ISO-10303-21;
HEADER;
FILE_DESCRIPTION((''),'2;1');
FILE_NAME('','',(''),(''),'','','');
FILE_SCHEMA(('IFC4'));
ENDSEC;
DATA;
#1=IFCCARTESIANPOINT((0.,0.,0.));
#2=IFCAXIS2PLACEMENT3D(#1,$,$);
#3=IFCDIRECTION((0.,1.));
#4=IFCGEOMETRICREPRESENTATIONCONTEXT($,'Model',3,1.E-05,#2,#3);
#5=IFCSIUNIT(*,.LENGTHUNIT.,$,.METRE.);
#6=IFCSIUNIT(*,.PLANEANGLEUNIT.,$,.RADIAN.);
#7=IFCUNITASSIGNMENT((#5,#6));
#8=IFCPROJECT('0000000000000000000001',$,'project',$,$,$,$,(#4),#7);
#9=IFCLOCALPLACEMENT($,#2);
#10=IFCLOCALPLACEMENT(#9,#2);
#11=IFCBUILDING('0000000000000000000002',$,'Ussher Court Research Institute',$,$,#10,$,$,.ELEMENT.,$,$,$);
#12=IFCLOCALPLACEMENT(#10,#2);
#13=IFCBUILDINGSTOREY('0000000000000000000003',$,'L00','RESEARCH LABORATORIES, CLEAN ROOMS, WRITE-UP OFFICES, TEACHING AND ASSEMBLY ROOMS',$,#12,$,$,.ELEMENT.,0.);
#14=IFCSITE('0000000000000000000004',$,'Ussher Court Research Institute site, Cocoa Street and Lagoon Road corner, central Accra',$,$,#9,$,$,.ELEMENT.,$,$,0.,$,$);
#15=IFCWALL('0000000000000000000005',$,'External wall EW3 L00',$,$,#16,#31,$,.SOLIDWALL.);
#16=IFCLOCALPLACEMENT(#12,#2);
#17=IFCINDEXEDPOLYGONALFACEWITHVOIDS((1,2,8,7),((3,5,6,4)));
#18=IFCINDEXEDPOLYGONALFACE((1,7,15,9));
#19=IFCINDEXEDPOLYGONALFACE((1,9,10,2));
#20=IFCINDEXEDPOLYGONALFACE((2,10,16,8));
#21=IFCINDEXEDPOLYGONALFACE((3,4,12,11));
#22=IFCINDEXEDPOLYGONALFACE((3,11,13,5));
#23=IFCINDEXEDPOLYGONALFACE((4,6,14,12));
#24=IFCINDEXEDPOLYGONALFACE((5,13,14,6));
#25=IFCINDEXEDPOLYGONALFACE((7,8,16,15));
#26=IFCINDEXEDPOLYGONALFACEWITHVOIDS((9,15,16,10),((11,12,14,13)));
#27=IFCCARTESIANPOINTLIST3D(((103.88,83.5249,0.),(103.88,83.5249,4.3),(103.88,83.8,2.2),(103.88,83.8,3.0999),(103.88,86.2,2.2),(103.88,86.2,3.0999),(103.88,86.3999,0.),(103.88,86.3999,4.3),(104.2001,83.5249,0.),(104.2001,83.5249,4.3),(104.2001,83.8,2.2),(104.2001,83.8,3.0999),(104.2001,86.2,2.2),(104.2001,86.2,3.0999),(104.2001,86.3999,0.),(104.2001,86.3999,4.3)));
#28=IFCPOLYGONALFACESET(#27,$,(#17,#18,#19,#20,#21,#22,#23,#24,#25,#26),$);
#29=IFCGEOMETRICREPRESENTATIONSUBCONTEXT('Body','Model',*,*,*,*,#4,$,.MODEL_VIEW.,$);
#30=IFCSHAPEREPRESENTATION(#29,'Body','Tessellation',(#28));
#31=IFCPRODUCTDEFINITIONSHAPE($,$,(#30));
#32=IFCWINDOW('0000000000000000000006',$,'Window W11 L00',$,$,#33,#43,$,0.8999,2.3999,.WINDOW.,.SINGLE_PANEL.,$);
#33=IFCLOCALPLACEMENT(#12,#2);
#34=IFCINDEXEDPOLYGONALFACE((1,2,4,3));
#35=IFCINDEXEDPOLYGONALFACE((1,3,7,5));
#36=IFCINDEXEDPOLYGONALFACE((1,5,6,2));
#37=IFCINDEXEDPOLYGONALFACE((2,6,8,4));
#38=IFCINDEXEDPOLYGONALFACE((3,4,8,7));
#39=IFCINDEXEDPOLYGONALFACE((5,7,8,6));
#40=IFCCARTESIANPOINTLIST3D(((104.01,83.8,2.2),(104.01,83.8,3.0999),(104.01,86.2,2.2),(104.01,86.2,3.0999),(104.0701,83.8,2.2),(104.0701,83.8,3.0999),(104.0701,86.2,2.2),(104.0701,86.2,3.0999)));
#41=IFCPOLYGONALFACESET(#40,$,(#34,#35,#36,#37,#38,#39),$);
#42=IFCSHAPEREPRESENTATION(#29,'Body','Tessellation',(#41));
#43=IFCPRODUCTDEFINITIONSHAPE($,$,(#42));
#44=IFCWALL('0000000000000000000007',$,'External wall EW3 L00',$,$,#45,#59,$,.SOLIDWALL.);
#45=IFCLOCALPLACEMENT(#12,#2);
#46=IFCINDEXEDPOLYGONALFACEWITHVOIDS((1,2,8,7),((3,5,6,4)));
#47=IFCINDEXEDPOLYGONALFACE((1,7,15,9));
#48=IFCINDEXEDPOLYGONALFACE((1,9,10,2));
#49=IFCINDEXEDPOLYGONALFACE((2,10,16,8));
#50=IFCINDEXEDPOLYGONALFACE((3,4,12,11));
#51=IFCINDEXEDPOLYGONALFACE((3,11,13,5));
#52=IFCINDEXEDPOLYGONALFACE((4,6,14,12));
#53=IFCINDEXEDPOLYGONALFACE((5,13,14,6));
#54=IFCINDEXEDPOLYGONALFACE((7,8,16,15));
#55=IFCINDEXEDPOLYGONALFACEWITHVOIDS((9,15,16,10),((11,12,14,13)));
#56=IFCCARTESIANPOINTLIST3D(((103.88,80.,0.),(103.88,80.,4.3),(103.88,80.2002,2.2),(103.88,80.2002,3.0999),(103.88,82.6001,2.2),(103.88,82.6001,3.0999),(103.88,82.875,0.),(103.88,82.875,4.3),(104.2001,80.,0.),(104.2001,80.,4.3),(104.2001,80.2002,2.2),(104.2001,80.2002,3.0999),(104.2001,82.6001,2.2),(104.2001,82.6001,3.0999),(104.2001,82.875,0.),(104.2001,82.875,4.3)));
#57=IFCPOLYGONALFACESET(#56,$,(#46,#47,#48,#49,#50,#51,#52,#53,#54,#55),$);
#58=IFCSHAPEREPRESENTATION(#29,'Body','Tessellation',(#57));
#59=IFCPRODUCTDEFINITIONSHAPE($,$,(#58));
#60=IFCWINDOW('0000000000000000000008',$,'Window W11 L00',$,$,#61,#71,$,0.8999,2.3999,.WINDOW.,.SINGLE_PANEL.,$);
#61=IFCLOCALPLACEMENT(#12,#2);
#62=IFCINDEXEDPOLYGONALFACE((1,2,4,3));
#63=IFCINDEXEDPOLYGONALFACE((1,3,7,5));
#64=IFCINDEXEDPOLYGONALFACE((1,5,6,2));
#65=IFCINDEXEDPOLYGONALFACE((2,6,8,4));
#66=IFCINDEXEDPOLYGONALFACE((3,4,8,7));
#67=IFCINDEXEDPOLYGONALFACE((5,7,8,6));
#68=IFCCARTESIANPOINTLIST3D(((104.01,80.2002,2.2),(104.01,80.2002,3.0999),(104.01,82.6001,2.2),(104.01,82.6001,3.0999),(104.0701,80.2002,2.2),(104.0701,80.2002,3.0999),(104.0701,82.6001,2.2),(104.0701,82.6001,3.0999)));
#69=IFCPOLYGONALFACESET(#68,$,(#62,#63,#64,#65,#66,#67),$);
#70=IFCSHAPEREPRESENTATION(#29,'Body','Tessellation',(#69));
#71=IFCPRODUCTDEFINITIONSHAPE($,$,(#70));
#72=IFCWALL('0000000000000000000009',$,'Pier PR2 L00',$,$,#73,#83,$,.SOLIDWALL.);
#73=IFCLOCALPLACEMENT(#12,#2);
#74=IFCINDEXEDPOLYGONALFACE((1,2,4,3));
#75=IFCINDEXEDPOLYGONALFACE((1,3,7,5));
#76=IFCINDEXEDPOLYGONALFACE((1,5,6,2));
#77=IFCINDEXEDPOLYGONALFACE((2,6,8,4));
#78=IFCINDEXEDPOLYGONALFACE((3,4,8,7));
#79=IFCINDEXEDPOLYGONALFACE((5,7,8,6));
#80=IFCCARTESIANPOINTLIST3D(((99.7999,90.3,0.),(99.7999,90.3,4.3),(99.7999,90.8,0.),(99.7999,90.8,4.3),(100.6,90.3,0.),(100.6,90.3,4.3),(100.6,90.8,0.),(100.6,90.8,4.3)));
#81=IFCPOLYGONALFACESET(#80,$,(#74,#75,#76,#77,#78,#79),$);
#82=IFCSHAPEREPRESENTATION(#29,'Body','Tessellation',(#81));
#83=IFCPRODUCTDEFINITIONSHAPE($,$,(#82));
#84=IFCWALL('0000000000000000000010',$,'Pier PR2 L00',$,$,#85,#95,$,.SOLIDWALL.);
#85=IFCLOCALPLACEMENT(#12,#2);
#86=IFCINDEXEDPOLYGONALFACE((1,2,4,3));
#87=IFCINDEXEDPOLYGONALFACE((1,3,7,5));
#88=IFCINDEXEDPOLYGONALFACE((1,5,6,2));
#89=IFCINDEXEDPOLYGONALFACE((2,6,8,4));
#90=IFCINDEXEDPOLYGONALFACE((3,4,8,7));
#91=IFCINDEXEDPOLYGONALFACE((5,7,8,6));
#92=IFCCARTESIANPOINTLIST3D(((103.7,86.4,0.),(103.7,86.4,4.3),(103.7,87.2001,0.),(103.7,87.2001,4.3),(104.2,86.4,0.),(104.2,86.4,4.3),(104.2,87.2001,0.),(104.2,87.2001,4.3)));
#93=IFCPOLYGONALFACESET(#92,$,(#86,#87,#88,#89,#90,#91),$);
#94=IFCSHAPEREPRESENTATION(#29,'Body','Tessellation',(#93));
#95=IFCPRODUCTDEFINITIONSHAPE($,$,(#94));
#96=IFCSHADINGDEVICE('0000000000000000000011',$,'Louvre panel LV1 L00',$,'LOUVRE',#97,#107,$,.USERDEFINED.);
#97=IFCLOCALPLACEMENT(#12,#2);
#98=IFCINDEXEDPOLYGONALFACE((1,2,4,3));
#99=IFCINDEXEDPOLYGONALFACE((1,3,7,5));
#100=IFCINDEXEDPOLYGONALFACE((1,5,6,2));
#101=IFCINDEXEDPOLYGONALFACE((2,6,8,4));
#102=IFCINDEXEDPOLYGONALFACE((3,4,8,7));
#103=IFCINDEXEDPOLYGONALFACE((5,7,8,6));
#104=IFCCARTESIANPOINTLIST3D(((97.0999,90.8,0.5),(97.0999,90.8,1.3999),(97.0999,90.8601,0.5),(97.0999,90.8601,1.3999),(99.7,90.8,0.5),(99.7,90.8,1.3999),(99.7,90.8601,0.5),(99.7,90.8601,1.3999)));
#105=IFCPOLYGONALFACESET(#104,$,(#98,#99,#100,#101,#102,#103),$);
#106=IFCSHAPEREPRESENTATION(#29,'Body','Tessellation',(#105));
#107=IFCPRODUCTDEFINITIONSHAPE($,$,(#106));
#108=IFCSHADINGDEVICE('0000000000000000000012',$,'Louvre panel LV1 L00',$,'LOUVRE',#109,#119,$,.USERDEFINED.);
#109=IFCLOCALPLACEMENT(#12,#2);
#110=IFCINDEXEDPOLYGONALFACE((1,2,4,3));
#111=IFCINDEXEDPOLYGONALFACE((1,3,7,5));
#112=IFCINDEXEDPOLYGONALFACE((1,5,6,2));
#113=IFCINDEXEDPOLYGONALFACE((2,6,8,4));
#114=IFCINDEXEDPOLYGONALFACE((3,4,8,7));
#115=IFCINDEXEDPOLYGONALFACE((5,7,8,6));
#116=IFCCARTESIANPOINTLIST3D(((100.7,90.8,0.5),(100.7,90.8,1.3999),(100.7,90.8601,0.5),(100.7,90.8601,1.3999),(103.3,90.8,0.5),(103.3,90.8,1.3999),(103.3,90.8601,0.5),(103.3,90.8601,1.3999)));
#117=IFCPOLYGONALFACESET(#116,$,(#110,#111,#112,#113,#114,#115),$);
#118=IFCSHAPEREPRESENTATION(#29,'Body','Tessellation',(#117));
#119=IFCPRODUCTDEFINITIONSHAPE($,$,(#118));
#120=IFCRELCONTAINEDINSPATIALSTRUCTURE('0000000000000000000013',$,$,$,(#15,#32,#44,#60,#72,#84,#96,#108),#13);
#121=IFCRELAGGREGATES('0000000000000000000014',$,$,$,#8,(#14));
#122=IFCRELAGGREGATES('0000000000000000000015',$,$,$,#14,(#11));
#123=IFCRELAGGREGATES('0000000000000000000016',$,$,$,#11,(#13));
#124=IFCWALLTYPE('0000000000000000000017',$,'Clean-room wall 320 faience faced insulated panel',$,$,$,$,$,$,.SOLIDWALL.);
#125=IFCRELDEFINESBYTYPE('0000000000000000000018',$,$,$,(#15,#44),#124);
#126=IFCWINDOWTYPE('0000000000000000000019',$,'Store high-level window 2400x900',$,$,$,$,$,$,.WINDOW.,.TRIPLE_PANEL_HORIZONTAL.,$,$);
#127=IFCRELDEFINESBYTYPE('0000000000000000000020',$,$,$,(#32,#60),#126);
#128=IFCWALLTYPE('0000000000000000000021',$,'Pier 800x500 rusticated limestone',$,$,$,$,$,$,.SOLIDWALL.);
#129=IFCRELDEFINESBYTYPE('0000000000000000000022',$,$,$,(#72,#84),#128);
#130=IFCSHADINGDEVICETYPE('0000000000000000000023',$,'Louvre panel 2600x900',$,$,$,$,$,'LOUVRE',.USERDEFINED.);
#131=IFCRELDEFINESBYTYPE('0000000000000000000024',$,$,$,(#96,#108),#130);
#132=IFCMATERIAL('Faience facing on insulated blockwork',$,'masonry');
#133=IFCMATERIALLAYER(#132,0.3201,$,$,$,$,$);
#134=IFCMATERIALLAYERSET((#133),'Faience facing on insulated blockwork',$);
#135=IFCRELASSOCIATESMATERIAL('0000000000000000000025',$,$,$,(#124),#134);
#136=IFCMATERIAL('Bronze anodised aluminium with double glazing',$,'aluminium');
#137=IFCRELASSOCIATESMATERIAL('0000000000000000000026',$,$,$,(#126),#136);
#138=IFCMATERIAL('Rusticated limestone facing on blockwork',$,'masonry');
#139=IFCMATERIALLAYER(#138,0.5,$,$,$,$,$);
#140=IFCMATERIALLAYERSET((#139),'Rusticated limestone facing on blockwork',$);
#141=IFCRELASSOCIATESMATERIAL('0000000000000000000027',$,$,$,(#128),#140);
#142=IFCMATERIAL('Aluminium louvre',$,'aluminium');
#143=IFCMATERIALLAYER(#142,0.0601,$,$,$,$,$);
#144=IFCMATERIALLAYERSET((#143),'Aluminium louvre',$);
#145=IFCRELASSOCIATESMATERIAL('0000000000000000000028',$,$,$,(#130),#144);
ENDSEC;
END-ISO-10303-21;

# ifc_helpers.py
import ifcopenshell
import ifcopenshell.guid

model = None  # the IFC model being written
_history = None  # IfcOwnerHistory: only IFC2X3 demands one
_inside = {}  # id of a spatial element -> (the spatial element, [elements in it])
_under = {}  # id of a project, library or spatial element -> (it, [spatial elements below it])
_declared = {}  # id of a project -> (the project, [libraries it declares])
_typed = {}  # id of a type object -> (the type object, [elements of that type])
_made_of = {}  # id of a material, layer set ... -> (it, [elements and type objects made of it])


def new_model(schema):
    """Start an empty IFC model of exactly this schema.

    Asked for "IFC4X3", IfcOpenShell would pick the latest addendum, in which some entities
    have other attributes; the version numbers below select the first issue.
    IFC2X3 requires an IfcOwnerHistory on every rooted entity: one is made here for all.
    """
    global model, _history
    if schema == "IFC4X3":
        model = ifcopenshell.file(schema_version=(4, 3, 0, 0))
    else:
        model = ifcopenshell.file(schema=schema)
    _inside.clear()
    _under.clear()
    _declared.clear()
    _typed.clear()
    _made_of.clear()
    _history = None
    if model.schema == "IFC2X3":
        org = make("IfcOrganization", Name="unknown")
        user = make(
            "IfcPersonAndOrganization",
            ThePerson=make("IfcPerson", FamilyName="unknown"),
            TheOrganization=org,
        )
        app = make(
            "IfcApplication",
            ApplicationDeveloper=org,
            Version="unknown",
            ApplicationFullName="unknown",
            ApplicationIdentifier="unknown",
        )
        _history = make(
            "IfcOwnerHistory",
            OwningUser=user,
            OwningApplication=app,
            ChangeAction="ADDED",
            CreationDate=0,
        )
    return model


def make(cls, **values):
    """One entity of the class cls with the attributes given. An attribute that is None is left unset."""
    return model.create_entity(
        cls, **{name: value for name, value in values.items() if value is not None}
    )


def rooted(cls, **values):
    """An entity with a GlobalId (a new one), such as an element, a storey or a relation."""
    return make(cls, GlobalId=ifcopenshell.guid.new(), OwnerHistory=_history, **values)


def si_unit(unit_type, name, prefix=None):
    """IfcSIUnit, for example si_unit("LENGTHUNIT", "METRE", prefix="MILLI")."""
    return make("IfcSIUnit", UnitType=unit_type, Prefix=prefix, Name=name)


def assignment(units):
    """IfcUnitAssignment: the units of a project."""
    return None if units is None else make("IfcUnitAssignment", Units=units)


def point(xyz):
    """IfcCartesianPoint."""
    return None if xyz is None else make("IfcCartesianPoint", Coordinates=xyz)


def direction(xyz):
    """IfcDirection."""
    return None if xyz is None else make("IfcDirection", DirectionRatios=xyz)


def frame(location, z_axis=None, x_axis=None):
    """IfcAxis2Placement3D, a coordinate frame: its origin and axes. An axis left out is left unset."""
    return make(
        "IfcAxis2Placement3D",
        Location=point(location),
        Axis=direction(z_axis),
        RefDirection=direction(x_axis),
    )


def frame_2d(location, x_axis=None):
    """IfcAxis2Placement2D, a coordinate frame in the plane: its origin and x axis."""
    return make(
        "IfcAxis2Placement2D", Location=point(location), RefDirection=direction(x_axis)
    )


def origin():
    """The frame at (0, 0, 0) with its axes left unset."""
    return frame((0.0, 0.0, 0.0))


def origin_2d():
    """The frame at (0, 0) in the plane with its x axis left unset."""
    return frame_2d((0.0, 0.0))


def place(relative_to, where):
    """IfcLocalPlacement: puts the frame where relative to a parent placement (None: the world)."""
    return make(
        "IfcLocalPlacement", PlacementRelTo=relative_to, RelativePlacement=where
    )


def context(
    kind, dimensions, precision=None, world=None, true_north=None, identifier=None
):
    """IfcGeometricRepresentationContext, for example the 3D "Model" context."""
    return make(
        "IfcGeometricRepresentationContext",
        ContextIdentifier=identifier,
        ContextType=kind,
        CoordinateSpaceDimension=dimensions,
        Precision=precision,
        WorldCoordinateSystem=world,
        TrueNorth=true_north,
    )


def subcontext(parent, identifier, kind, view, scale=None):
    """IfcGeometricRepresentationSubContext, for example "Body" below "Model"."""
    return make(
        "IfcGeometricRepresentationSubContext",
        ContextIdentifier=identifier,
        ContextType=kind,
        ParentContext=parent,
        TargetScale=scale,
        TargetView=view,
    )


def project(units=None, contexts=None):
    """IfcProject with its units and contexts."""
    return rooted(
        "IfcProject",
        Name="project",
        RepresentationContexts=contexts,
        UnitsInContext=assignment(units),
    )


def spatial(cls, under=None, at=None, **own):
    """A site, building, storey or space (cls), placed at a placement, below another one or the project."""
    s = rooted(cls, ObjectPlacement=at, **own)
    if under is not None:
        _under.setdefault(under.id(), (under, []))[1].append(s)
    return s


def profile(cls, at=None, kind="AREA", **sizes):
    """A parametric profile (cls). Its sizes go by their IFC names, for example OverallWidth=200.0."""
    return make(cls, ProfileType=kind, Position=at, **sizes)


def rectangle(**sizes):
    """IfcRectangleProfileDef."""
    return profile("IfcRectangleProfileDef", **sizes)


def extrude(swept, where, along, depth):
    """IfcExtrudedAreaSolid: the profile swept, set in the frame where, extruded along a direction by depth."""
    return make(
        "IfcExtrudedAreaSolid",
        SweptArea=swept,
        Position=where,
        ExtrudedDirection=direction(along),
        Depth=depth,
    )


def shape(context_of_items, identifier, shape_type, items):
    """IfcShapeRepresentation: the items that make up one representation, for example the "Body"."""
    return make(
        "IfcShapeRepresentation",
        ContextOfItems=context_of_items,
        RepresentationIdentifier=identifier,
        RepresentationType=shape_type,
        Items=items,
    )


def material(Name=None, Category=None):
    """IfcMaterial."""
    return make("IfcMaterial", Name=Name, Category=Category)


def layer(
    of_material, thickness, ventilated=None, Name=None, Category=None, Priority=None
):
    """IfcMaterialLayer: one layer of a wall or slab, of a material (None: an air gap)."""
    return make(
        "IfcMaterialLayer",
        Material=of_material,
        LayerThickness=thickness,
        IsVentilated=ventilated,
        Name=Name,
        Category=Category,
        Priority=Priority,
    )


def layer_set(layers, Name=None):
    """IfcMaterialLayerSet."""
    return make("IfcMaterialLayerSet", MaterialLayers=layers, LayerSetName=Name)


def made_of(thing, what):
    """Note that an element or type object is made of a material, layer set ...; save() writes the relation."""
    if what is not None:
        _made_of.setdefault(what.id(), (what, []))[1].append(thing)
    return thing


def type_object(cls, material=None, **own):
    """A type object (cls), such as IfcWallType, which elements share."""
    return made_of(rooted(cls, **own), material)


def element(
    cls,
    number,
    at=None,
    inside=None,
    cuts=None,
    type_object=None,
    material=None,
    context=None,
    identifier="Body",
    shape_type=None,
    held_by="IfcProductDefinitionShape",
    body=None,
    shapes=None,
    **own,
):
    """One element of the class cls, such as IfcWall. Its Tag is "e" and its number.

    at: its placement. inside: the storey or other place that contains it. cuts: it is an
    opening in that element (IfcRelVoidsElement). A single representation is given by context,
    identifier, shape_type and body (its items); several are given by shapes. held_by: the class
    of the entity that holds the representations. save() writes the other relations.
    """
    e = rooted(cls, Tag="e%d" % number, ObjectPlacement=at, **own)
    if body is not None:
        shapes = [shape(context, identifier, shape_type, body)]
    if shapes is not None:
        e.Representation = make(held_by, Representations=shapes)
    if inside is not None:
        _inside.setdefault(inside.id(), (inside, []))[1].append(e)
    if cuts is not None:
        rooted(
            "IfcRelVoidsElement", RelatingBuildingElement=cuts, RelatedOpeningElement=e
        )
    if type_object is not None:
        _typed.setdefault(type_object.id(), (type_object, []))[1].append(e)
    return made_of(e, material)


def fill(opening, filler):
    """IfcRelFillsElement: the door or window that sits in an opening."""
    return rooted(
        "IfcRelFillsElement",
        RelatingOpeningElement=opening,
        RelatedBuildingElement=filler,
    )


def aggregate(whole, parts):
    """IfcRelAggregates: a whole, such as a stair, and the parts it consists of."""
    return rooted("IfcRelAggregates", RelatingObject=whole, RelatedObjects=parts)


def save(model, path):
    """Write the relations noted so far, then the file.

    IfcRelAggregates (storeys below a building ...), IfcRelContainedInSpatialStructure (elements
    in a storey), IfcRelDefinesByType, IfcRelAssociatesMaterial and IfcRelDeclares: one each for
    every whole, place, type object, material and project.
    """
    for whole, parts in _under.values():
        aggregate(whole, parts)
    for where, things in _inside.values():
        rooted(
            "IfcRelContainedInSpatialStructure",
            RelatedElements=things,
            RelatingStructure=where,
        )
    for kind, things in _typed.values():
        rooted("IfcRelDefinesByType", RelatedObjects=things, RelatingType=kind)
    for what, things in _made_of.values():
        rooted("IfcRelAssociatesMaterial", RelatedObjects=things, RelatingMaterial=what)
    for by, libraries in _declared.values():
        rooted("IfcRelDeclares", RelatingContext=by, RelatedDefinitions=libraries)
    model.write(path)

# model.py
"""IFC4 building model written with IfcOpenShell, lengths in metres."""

from ifc_helpers import new_model, si_unit, direction, frame, frame_2d, origin, origin_2d, place, context, subcontext, project, spatial, rectangle, extrude, material, layer, layer_set, type_object, element, fill, save


model = new_model("IFC4")

# Units and contexts
model_context = context("Model", 3, precision=1e-05, world=origin(), true_north=direction((0.0, 1.0)))
body_context = subcontext(model_context, "Body", "Model", "MODEL_VIEW")
ifc_project = project(units=[si_unit("LENGTHUNIT", "METRE"), si_unit("PLANEANGLEUNIT", "RADIAN")], contexts=[model_context])

# Site, building, storey
site_placement = place(None, origin())
site = spatial("IfcSite", under=ifc_project, at=site_placement, Name="Ussher Court Research Institute site, Cocoa Street and Lagoon Road corner, central Accra", CompositionType="ELEMENT", RefElevation=0.0)
building_placement = place(site_placement, origin())
building = spatial("IfcBuilding", under=site, at=building_placement, Name="Ussher Court Research Institute", CompositionType="ELEMENT")
storey_placement = place(building_placement, origin())
storey = spatial("IfcBuildingStorey", under=building, at=storey_placement, Name="L00", Description="RESEARCH LABORATORIES, CLEAN ROOMS, WRITE-UP OFFICES, TEACHING AND ASSEMBLY ROOMS", CompositionType="ELEMENT", Elevation=0.0)

# Walls, openings, windows
ifc_material_1 = material(Name="Faience facing on insulated blockwork", Category="masonry")
ifc_layer_1 = layer(ifc_material_1, 0.3201)
ifc_layer_set_1 = layer_set([ifc_layer_1], Name="Faience facing on insulated blockwork")
wall_type_1 = type_object("IfcWallType", Name="Clean-room wall 320 faience faced insulated panel", PredefinedType="SOLIDWALL", material=ifc_layer_set_1)
ifc_material_2 = material(Name="Bronze anodised aluminium with double glazing", Category="aluminium")
window_type = type_object("IfcWindowType", Name="Store high-level window 2400x900", PartitioningType="TRIPLE_PANEL_HORIZONTAL", PredefinedType="WINDOW", material=ifc_material_2)
wall_1_placement = place(storey_placement, frame((104.04, 86.3999, 0.0), z_axis=(0.0, 0.0, 1.0), x_axis=(0.0, -1.0, 0.0)))
wall_1 = element("IfcWall", 1, at=wall_1_placement, inside=storey, type_object=wall_type_1, Name="External wall EW3 L00", PredefinedType="SOLIDWALL", context=body_context, shape_type="SweptSolid", body=[
    extrude(rectangle(XDim=2.875, YDim=0.3201, at=frame_2d((1.4375, 0.0))), origin(), (0.0, 0.0, 1.0), 4.3),
])
opening_1_placement = place(wall_1_placement, frame((0.2, 0.0, 2.2)))
opening_1 = element("IfcOpeningElement", 2, at=opening_1_placement, cuts=wall_1, PredefinedType="OPENING", context=body_context, shape_type="SweptSolid", body=[
    extrude(rectangle(XDim=2.3999, YDim=0.8999, at=frame_2d((1.2, 0.45))), frame((0.0, 0.1699, 0.0), z_axis=(0.0, -1.0, 0.0), x_axis=(1.0, 0.0, 0.0)), (0.0, 0.0, 1.0), 0.3401),
])
window_1_placement = place(opening_1_placement, origin())
window_1 = element("IfcWindow", 3, at=window_1_placement, inside=storey, type_object=window_type, Name="Window W11 L00", OverallHeight=0.8999, OverallWidth=2.3999, PartitioningType="SINGLE_PANEL", PredefinedType="WINDOW", context=body_context, shape_type="SweptSolid", body=[
    extrude(rectangle(XDim=2.3999, YDim=0.8999, at=frame_2d((1.2, 0.45))), frame((0.0, 0.03, 0.0), z_axis=(0.0, -1.0, 0.0), x_axis=(1.0, 0.0, 0.0)), (0.0, 0.0, 1.0), 0.0601),
])
fill(opening_1, window_1)
wall_2_placement = place(storey_placement, frame((104.04, 82.875, 0.0), z_axis=(0.0, 0.0, 1.0), x_axis=(0.0, -1.0, 0.0)))
wall_2 = element("IfcWall", 4, at=wall_2_placement, inside=storey, type_object=wall_type_1, Name="External wall EW3 L00", PredefinedType="SOLIDWALL", context=body_context, shape_type="SweptSolid", body=[
    extrude(rectangle(XDim=2.875, YDim=0.3201, at=frame_2d((1.4375, 0.0))), origin(), (0.0, 0.0, 1.0), 4.3),
])
opening_2_placement = place(wall_2_placement, frame((0.2749, 0.0, 2.2)))
opening_2 = element("IfcOpeningElement", 5, at=opening_2_placement, cuts=wall_2, PredefinedType="OPENING", context=body_context, shape_type="SweptSolid", body=[
    extrude(rectangle(XDim=2.3999, YDim=0.8999, at=frame_2d((1.2, 0.45))), frame((0.0, 0.1699, 0.0), z_axis=(0.0, -1.0, 0.0), x_axis=(1.0, 0.0, 0.0)), (0.0, 0.0, 1.0), 0.3401),
])
window_2_placement = place(opening_2_placement, origin())
window_2 = element("IfcWindow", 6, at=window_2_placement, inside=storey, type_object=window_type, Name="Window W11 L00", OverallHeight=0.8999, OverallWidth=2.3999, PartitioningType="SINGLE_PANEL", PredefinedType="WINDOW", context=body_context, shape_type="SweptSolid", body=[
    extrude(rectangle(XDim=2.3999, YDim=0.8999, at=frame_2d((1.2, 0.45))), frame((0.0, 0.03, 0.0), z_axis=(0.0, -1.0, 0.0), x_axis=(1.0, 0.0, 0.0)), (0.0, 0.0, 1.0), 0.0601),
])
fill(opening_2, window_2)

# Walls
ifc_material_3 = material(Name="Rusticated limestone facing on blockwork", Category="masonry")
ifc_layer_2 = layer(ifc_material_3, 0.5)
ifc_layer_set_2 = layer_set([ifc_layer_2], Name="Rusticated limestone facing on blockwork")
wall_type_2 = type_object("IfcWallType", Name="Pier 800x500 rusticated limestone", PredefinedType="SOLIDWALL", material=ifc_layer_set_2)
for number, where, z_axis, x_axis, name in (
    (7, (99.8, 90.55, 0.0), (0.0, 0.0, 1.0), (1.0, 0.0, 0.0), "Pier PR2 L00"),
    (8, (103.95, 87.2, 0.0), (0.0, 0.0, 1.0), (0.0, -1.0, 0.0), "Pier PR2 L00"),
):
    element("IfcWall", number, at=place(storey_placement, frame(where, z_axis=z_axis, x_axis=x_axis)), inside=storey, type_object=wall_type_2, Name=name, PredefinedType="SOLIDWALL", context=body_context, shape_type="SweptSolid", body=[
        extrude(rectangle(XDim=0.8, YDim=0.5, at=frame_2d((0.3999, 0.0))), origin(), (0.0, 0.0, 1.0), 4.3),
    ])

# Shading devices
ifc_material_4 = material(Name="Aluminium louvre", Category="aluminium")
ifc_layer_3 = layer(ifc_material_4, 0.0601)
ifc_layer_set_3 = layer_set([ifc_layer_3], Name="Aluminium louvre")
shading_device_type = type_object("IfcShadingDeviceType", Name="Louvre panel 2600x900", ElementType="LOUVRE", PredefinedType="USERDEFINED", material=ifc_layer_set_3)
for number, where, z_axis, x_axis, name in (
    (9, (98.3999, 90.8301, 0.5), (0.0, 0.0, 1.0), (1.0, 0.0, 0.0), "Louvre panel LV1 L00"),
    (10, (102.0, 90.8301, 0.5), (0.0, 0.0, 1.0), (1.0, 0.0, 0.0), "Louvre panel LV1 L00"),
):
    element("IfcShadingDevice", number, at=place(storey_placement, frame(where, z_axis=z_axis, x_axis=x_axis)), inside=storey, type_object=shading_device_type, Name=name, ObjectType="LOUVRE", PredefinedType="USERDEFINED", context=body_context, shape_type="SweptSolid", body=[
        extrude(rectangle(XDim=2.6001, YDim=0.0601, at=origin_2d()), origin(), (0.0, 0.0, 1.0), 0.8999),
    ])

save(model, "model.ifc")
